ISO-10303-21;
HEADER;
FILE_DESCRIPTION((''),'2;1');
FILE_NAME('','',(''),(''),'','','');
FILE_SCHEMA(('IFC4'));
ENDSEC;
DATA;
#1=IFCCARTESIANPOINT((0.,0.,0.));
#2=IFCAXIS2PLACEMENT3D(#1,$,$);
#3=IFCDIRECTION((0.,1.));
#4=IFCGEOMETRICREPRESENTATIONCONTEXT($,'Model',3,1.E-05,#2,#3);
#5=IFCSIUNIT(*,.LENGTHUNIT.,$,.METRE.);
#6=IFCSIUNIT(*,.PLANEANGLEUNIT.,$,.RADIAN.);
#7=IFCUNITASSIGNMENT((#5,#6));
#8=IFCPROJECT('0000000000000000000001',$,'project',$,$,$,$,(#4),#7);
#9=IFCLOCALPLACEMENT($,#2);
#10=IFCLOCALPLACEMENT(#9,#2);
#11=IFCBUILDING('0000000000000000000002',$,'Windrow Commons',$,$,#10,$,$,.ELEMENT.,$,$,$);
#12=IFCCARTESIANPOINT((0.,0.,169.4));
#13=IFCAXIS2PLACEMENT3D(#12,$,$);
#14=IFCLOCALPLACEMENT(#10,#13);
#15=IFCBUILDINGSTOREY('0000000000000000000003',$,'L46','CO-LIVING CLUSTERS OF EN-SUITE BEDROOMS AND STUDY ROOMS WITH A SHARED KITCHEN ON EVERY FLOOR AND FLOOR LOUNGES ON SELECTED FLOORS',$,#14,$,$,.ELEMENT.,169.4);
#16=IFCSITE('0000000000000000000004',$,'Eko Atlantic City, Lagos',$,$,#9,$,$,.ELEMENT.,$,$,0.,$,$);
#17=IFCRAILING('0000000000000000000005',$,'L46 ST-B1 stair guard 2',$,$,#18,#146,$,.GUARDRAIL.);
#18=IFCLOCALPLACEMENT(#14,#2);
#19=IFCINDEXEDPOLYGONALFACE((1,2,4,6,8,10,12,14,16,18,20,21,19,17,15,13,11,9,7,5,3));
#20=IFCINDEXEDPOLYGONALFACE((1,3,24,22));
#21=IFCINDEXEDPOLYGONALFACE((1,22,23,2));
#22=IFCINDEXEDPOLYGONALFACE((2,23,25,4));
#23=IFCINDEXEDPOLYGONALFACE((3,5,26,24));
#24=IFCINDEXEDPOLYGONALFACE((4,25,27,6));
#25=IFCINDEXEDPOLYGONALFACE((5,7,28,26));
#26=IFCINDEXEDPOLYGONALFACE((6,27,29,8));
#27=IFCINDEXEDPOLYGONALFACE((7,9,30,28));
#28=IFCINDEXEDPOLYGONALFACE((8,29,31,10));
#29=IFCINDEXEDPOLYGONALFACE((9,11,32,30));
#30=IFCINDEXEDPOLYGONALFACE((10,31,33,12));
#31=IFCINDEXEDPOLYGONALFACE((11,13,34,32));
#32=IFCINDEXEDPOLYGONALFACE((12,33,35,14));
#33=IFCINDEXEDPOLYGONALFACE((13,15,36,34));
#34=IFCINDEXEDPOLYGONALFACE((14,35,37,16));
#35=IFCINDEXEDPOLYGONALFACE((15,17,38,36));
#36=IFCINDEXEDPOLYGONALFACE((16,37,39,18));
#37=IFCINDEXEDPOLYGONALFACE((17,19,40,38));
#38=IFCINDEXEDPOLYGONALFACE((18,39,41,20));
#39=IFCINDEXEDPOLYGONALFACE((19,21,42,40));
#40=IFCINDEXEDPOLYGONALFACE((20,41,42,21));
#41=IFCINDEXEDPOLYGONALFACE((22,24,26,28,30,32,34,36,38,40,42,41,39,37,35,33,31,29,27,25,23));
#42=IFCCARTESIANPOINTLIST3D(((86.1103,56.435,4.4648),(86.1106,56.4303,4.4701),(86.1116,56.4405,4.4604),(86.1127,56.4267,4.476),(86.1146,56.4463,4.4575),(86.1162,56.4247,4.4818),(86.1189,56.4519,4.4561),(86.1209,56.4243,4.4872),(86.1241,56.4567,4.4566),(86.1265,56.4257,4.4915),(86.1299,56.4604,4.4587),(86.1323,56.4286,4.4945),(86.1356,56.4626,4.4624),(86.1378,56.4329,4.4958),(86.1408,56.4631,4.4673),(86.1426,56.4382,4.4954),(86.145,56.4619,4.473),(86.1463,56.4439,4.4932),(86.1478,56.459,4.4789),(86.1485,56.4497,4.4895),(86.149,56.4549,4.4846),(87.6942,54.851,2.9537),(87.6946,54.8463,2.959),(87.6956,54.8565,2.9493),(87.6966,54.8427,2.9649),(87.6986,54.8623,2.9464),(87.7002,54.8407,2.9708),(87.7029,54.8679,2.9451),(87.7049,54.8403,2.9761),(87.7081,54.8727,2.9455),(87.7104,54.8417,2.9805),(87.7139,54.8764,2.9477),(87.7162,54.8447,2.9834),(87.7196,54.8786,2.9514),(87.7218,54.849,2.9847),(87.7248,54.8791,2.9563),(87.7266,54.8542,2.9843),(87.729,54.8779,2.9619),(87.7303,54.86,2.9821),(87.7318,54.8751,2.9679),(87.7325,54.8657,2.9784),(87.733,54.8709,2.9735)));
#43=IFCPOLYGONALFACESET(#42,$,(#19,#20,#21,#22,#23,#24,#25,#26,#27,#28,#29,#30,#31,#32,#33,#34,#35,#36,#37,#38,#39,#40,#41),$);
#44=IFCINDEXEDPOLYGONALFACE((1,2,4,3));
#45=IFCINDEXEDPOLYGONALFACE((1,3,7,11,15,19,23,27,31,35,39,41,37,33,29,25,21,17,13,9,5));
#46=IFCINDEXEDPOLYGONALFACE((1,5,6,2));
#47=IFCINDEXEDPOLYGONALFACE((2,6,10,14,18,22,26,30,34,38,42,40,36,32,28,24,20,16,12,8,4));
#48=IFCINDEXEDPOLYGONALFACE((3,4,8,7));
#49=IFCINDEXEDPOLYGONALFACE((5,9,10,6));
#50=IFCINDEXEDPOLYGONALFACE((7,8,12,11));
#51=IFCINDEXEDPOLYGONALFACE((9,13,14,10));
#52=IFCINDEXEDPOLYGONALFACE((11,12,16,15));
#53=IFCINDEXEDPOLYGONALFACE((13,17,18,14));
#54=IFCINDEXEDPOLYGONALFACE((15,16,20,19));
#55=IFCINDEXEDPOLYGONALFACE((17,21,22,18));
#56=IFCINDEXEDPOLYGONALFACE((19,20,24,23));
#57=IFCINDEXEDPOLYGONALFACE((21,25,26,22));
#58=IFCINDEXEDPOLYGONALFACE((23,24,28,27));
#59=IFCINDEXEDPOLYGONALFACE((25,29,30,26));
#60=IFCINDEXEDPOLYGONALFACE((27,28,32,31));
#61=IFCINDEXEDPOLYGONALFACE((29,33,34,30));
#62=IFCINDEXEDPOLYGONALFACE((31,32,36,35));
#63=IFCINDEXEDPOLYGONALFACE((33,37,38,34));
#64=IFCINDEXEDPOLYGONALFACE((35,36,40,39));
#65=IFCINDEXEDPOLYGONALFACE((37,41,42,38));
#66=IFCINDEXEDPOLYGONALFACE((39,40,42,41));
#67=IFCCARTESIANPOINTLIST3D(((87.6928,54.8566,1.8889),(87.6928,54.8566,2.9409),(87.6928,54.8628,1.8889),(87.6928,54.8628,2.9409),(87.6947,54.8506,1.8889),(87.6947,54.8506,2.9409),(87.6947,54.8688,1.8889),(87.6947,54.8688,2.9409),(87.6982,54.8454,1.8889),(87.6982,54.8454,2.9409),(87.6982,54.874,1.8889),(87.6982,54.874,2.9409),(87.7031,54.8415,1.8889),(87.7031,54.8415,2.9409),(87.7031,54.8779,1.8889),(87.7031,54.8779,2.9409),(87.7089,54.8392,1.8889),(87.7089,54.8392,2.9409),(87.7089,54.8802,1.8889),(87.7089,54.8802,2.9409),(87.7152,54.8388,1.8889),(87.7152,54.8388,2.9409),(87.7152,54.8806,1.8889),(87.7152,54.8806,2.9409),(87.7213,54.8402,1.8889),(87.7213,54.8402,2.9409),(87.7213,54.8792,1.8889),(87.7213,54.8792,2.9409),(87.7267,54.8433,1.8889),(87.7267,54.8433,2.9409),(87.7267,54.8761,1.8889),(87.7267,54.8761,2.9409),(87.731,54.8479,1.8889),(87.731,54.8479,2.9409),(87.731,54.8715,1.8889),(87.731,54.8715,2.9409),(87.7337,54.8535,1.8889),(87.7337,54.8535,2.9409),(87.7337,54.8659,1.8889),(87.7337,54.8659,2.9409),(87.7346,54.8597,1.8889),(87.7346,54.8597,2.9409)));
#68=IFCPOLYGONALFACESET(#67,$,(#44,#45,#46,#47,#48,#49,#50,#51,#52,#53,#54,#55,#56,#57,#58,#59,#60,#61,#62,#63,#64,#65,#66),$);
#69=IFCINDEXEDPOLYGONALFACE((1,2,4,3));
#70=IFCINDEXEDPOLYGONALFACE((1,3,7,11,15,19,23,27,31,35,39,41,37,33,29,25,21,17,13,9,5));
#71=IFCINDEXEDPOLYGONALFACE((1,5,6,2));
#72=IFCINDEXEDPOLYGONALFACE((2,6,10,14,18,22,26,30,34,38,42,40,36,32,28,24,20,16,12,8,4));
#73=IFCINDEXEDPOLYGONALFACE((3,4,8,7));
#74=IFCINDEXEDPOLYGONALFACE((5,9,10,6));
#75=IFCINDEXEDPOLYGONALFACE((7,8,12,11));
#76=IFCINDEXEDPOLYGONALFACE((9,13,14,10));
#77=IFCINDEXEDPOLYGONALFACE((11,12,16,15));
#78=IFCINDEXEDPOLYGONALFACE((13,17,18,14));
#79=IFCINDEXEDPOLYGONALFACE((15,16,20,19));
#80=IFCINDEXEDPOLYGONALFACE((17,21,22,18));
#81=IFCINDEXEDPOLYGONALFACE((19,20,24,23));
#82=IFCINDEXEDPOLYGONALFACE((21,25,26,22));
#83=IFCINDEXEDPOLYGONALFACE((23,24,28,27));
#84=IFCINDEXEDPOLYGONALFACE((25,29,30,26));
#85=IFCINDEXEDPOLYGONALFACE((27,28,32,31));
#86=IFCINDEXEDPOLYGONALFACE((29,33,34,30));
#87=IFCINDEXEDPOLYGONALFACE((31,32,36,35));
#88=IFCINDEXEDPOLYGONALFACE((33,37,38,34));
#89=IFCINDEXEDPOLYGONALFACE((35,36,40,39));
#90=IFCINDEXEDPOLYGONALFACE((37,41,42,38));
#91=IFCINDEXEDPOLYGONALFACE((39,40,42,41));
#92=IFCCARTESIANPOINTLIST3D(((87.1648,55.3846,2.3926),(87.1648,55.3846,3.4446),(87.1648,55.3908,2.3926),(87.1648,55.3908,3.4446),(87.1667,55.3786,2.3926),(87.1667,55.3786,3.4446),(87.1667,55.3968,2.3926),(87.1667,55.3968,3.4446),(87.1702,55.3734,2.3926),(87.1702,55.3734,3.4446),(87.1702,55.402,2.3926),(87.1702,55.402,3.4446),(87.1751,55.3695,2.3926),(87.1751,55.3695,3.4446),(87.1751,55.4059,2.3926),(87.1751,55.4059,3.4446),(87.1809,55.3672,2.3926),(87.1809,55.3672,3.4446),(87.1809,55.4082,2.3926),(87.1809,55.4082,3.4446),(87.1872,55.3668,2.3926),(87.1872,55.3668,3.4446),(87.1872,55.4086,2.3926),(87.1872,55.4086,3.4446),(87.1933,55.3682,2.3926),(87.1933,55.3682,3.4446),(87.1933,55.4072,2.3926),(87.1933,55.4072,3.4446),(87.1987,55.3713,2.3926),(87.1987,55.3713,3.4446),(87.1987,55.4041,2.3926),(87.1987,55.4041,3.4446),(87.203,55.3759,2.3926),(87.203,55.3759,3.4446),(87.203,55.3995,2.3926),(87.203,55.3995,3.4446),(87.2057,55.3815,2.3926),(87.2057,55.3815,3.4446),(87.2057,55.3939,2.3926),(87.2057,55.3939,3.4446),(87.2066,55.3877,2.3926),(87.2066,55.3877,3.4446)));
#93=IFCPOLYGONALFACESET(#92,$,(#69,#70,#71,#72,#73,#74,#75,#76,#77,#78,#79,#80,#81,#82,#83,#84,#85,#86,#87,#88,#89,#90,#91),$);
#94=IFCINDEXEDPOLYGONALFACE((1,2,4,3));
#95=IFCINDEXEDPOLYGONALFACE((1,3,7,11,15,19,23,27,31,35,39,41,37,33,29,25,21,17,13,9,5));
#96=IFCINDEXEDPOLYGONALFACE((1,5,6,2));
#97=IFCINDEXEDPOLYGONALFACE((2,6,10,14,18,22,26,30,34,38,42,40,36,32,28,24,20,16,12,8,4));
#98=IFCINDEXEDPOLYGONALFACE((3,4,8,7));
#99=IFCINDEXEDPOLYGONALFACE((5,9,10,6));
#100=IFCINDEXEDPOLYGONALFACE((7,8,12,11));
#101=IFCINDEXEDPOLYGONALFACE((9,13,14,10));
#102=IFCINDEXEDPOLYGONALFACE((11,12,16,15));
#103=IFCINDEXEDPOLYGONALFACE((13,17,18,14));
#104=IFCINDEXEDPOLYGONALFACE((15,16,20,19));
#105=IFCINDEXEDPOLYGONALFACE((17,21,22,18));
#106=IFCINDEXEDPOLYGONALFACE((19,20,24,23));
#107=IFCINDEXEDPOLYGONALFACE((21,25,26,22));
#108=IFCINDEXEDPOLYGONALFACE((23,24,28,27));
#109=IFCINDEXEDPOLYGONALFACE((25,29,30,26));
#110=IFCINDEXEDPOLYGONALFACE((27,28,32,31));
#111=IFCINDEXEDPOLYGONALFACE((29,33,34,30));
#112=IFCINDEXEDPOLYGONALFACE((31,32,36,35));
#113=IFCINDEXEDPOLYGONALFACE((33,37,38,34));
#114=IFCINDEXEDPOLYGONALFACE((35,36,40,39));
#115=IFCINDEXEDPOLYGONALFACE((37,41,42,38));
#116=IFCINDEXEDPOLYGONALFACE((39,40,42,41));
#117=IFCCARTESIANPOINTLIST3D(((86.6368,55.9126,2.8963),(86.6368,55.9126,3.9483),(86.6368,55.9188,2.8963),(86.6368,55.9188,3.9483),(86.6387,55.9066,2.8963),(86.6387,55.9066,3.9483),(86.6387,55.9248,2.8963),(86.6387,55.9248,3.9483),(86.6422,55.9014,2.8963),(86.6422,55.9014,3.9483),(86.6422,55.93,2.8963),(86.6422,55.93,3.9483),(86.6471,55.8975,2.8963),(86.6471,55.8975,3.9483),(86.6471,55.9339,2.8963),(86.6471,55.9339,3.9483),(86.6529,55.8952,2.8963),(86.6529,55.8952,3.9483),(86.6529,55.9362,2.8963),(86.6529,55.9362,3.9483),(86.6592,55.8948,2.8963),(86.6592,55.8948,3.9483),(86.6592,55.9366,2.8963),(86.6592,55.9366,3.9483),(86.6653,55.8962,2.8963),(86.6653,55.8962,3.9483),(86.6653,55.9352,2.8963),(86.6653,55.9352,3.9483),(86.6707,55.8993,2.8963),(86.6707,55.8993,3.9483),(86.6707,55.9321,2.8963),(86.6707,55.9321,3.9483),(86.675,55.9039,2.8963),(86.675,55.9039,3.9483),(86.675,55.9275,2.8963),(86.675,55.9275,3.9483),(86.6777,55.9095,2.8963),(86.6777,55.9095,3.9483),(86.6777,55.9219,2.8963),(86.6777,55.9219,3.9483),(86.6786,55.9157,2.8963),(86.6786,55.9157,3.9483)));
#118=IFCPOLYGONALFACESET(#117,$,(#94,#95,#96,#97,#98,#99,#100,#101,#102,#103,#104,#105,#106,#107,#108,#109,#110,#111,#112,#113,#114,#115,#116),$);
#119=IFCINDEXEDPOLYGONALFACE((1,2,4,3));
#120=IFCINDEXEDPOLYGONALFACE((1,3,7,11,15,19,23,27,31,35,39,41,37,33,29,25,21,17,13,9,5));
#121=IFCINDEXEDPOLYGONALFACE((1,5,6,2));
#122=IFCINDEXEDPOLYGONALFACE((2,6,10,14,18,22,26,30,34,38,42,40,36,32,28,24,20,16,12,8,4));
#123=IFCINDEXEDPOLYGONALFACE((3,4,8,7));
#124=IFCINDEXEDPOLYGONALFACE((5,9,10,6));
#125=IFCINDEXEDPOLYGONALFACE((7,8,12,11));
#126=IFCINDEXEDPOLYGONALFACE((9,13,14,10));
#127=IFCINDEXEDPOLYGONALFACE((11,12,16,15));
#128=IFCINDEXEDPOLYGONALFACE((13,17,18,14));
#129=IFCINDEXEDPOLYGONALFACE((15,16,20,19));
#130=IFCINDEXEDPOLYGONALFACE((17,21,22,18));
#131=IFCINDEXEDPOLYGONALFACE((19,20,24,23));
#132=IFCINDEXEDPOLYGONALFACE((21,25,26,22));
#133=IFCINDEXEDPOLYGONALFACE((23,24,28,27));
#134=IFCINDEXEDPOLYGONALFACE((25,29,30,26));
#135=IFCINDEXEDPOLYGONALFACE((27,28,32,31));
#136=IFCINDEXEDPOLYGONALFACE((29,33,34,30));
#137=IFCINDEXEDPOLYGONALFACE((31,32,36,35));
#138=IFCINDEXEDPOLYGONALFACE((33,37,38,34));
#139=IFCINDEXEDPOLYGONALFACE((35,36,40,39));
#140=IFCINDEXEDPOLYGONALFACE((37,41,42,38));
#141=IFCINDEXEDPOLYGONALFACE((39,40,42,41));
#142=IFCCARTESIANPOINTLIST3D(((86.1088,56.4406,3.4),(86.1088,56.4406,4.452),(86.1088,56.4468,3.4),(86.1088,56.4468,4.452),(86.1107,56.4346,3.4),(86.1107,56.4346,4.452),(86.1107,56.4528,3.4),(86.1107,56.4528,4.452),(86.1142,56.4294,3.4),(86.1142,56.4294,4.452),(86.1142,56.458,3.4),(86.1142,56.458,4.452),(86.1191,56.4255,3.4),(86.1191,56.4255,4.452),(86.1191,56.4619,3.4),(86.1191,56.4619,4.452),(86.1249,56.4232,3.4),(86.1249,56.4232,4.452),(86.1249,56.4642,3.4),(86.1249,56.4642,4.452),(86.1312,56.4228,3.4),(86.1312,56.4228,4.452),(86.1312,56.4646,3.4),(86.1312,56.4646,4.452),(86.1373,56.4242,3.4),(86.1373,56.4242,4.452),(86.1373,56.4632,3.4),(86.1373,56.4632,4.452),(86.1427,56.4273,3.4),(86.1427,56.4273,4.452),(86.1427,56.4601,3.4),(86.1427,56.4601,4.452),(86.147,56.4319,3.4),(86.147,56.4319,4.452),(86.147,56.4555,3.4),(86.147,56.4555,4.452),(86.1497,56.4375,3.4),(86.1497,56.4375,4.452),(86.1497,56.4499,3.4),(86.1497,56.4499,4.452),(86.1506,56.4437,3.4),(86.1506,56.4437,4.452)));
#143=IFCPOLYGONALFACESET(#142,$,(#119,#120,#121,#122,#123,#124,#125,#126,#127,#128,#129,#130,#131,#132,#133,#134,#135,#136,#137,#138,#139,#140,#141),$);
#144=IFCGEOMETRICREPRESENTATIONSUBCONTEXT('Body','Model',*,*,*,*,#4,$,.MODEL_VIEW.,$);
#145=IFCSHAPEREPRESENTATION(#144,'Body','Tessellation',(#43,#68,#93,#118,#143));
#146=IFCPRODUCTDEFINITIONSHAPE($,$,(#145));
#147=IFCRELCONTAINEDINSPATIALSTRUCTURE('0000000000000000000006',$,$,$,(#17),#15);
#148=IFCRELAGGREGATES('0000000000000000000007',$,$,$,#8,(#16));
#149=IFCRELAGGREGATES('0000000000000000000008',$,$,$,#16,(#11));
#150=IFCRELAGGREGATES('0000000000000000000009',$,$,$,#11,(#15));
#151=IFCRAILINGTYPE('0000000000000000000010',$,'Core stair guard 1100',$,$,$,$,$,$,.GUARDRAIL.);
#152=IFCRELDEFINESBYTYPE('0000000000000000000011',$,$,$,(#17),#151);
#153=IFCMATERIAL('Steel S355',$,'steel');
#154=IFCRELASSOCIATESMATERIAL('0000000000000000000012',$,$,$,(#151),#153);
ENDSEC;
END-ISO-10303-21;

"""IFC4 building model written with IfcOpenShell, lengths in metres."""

from ifc_helpers import new_model, si_unit, direction, frame, origin, origin_2d, place, context, subcontext, project, spatial, circle, extrude, material, type_object, element, save


model = new_model("IFC4")

# Units and contexts
model_context = context("Model", 3, precision=1e-05, world=origin(), true_north=direction((0.0, 1.0)))
body_context = subcontext(model_context, "Body", "Model", "MODEL_VIEW")
ifc_project = project(units=[si_unit("LENGTHUNIT", "METRE"), si_unit("PLANEANGLEUNIT", "RADIAN")], contexts=[model_context])

# Site, building, storey
site_placement = place(None, origin())
site = spatial("IfcSite", under=ifc_project, at=site_placement, Name="Eko Atlantic City, Lagos", CompositionType="ELEMENT", RefElevation=0.0)
building_placement = place(site_placement, origin())
building = spatial("IfcBuilding", under=site, at=building_placement, Name="Windrow Commons", CompositionType="ELEMENT")
storey_placement = place(building_placement, frame((0.0, 0.0, 169.4)))
storey = spatial("IfcBuildingStorey", under=building, at=storey_placement, Name="L46", Description="CO-LIVING CLUSTERS OF EN-SUITE BEDROOMS AND STUDY ROOMS WITH A SHARED KITCHEN ON EVERY FLOOR AND FLOOR LOUNGES ON SELECTED FLOORS", CompositionType="ELEMENT", Elevation=169.4)

# Railing
ifc_material_1 = material(Name="Steel S355", Category="steel")
railing_type_1 = type_object("IfcRailingType", Name="Core stair guard 1100", PredefinedType="GUARDRAIL", material=ifc_material_1)
railing_1_placement = place(storey_placement, frame((87.7136, 54.8597, 1.8889)))
element("IfcRailing", 1, at=railing_1_placement, inside=storey, type_object=railing_type_1, Name="L46 ST-B1 stair guard 2", PredefinedType="GUARDRAIL", context=body_context, shape_type="SweptSolid", body=[
    extrude(circle(Radius=0.024, at=origin_2d()), frame((0.0, 0.0, 1.076), z_axis=(-0.586203, 0.586203, 0.559224), x_axis=(-0.707107, -0.707107, 0.0)), (0.0, 0.0, 1.0), 2.7021),
    extrude(circle(Radius=0.021, at=origin_2d()), origin(), (0.0, 0.0, 1.0), 1.052),
    extrude(circle(Radius=0.021, at=origin_2d()), frame((-0.528, 0.528, 0.5037)), (0.0, 0.0, 1.0), 1.052),
    extrude(circle(Radius=0.021, at=origin_2d()), frame((-1.056, 1.056, 1.0074)), (0.0, 0.0, 1.0), 1.052),
    extrude(circle(Radius=0.021, at=origin_2d()), frame((-1.584, 1.584, 1.5111)), (0.0, 0.0, 1.0), 1.052),
])

save(model, "model.ifc")
